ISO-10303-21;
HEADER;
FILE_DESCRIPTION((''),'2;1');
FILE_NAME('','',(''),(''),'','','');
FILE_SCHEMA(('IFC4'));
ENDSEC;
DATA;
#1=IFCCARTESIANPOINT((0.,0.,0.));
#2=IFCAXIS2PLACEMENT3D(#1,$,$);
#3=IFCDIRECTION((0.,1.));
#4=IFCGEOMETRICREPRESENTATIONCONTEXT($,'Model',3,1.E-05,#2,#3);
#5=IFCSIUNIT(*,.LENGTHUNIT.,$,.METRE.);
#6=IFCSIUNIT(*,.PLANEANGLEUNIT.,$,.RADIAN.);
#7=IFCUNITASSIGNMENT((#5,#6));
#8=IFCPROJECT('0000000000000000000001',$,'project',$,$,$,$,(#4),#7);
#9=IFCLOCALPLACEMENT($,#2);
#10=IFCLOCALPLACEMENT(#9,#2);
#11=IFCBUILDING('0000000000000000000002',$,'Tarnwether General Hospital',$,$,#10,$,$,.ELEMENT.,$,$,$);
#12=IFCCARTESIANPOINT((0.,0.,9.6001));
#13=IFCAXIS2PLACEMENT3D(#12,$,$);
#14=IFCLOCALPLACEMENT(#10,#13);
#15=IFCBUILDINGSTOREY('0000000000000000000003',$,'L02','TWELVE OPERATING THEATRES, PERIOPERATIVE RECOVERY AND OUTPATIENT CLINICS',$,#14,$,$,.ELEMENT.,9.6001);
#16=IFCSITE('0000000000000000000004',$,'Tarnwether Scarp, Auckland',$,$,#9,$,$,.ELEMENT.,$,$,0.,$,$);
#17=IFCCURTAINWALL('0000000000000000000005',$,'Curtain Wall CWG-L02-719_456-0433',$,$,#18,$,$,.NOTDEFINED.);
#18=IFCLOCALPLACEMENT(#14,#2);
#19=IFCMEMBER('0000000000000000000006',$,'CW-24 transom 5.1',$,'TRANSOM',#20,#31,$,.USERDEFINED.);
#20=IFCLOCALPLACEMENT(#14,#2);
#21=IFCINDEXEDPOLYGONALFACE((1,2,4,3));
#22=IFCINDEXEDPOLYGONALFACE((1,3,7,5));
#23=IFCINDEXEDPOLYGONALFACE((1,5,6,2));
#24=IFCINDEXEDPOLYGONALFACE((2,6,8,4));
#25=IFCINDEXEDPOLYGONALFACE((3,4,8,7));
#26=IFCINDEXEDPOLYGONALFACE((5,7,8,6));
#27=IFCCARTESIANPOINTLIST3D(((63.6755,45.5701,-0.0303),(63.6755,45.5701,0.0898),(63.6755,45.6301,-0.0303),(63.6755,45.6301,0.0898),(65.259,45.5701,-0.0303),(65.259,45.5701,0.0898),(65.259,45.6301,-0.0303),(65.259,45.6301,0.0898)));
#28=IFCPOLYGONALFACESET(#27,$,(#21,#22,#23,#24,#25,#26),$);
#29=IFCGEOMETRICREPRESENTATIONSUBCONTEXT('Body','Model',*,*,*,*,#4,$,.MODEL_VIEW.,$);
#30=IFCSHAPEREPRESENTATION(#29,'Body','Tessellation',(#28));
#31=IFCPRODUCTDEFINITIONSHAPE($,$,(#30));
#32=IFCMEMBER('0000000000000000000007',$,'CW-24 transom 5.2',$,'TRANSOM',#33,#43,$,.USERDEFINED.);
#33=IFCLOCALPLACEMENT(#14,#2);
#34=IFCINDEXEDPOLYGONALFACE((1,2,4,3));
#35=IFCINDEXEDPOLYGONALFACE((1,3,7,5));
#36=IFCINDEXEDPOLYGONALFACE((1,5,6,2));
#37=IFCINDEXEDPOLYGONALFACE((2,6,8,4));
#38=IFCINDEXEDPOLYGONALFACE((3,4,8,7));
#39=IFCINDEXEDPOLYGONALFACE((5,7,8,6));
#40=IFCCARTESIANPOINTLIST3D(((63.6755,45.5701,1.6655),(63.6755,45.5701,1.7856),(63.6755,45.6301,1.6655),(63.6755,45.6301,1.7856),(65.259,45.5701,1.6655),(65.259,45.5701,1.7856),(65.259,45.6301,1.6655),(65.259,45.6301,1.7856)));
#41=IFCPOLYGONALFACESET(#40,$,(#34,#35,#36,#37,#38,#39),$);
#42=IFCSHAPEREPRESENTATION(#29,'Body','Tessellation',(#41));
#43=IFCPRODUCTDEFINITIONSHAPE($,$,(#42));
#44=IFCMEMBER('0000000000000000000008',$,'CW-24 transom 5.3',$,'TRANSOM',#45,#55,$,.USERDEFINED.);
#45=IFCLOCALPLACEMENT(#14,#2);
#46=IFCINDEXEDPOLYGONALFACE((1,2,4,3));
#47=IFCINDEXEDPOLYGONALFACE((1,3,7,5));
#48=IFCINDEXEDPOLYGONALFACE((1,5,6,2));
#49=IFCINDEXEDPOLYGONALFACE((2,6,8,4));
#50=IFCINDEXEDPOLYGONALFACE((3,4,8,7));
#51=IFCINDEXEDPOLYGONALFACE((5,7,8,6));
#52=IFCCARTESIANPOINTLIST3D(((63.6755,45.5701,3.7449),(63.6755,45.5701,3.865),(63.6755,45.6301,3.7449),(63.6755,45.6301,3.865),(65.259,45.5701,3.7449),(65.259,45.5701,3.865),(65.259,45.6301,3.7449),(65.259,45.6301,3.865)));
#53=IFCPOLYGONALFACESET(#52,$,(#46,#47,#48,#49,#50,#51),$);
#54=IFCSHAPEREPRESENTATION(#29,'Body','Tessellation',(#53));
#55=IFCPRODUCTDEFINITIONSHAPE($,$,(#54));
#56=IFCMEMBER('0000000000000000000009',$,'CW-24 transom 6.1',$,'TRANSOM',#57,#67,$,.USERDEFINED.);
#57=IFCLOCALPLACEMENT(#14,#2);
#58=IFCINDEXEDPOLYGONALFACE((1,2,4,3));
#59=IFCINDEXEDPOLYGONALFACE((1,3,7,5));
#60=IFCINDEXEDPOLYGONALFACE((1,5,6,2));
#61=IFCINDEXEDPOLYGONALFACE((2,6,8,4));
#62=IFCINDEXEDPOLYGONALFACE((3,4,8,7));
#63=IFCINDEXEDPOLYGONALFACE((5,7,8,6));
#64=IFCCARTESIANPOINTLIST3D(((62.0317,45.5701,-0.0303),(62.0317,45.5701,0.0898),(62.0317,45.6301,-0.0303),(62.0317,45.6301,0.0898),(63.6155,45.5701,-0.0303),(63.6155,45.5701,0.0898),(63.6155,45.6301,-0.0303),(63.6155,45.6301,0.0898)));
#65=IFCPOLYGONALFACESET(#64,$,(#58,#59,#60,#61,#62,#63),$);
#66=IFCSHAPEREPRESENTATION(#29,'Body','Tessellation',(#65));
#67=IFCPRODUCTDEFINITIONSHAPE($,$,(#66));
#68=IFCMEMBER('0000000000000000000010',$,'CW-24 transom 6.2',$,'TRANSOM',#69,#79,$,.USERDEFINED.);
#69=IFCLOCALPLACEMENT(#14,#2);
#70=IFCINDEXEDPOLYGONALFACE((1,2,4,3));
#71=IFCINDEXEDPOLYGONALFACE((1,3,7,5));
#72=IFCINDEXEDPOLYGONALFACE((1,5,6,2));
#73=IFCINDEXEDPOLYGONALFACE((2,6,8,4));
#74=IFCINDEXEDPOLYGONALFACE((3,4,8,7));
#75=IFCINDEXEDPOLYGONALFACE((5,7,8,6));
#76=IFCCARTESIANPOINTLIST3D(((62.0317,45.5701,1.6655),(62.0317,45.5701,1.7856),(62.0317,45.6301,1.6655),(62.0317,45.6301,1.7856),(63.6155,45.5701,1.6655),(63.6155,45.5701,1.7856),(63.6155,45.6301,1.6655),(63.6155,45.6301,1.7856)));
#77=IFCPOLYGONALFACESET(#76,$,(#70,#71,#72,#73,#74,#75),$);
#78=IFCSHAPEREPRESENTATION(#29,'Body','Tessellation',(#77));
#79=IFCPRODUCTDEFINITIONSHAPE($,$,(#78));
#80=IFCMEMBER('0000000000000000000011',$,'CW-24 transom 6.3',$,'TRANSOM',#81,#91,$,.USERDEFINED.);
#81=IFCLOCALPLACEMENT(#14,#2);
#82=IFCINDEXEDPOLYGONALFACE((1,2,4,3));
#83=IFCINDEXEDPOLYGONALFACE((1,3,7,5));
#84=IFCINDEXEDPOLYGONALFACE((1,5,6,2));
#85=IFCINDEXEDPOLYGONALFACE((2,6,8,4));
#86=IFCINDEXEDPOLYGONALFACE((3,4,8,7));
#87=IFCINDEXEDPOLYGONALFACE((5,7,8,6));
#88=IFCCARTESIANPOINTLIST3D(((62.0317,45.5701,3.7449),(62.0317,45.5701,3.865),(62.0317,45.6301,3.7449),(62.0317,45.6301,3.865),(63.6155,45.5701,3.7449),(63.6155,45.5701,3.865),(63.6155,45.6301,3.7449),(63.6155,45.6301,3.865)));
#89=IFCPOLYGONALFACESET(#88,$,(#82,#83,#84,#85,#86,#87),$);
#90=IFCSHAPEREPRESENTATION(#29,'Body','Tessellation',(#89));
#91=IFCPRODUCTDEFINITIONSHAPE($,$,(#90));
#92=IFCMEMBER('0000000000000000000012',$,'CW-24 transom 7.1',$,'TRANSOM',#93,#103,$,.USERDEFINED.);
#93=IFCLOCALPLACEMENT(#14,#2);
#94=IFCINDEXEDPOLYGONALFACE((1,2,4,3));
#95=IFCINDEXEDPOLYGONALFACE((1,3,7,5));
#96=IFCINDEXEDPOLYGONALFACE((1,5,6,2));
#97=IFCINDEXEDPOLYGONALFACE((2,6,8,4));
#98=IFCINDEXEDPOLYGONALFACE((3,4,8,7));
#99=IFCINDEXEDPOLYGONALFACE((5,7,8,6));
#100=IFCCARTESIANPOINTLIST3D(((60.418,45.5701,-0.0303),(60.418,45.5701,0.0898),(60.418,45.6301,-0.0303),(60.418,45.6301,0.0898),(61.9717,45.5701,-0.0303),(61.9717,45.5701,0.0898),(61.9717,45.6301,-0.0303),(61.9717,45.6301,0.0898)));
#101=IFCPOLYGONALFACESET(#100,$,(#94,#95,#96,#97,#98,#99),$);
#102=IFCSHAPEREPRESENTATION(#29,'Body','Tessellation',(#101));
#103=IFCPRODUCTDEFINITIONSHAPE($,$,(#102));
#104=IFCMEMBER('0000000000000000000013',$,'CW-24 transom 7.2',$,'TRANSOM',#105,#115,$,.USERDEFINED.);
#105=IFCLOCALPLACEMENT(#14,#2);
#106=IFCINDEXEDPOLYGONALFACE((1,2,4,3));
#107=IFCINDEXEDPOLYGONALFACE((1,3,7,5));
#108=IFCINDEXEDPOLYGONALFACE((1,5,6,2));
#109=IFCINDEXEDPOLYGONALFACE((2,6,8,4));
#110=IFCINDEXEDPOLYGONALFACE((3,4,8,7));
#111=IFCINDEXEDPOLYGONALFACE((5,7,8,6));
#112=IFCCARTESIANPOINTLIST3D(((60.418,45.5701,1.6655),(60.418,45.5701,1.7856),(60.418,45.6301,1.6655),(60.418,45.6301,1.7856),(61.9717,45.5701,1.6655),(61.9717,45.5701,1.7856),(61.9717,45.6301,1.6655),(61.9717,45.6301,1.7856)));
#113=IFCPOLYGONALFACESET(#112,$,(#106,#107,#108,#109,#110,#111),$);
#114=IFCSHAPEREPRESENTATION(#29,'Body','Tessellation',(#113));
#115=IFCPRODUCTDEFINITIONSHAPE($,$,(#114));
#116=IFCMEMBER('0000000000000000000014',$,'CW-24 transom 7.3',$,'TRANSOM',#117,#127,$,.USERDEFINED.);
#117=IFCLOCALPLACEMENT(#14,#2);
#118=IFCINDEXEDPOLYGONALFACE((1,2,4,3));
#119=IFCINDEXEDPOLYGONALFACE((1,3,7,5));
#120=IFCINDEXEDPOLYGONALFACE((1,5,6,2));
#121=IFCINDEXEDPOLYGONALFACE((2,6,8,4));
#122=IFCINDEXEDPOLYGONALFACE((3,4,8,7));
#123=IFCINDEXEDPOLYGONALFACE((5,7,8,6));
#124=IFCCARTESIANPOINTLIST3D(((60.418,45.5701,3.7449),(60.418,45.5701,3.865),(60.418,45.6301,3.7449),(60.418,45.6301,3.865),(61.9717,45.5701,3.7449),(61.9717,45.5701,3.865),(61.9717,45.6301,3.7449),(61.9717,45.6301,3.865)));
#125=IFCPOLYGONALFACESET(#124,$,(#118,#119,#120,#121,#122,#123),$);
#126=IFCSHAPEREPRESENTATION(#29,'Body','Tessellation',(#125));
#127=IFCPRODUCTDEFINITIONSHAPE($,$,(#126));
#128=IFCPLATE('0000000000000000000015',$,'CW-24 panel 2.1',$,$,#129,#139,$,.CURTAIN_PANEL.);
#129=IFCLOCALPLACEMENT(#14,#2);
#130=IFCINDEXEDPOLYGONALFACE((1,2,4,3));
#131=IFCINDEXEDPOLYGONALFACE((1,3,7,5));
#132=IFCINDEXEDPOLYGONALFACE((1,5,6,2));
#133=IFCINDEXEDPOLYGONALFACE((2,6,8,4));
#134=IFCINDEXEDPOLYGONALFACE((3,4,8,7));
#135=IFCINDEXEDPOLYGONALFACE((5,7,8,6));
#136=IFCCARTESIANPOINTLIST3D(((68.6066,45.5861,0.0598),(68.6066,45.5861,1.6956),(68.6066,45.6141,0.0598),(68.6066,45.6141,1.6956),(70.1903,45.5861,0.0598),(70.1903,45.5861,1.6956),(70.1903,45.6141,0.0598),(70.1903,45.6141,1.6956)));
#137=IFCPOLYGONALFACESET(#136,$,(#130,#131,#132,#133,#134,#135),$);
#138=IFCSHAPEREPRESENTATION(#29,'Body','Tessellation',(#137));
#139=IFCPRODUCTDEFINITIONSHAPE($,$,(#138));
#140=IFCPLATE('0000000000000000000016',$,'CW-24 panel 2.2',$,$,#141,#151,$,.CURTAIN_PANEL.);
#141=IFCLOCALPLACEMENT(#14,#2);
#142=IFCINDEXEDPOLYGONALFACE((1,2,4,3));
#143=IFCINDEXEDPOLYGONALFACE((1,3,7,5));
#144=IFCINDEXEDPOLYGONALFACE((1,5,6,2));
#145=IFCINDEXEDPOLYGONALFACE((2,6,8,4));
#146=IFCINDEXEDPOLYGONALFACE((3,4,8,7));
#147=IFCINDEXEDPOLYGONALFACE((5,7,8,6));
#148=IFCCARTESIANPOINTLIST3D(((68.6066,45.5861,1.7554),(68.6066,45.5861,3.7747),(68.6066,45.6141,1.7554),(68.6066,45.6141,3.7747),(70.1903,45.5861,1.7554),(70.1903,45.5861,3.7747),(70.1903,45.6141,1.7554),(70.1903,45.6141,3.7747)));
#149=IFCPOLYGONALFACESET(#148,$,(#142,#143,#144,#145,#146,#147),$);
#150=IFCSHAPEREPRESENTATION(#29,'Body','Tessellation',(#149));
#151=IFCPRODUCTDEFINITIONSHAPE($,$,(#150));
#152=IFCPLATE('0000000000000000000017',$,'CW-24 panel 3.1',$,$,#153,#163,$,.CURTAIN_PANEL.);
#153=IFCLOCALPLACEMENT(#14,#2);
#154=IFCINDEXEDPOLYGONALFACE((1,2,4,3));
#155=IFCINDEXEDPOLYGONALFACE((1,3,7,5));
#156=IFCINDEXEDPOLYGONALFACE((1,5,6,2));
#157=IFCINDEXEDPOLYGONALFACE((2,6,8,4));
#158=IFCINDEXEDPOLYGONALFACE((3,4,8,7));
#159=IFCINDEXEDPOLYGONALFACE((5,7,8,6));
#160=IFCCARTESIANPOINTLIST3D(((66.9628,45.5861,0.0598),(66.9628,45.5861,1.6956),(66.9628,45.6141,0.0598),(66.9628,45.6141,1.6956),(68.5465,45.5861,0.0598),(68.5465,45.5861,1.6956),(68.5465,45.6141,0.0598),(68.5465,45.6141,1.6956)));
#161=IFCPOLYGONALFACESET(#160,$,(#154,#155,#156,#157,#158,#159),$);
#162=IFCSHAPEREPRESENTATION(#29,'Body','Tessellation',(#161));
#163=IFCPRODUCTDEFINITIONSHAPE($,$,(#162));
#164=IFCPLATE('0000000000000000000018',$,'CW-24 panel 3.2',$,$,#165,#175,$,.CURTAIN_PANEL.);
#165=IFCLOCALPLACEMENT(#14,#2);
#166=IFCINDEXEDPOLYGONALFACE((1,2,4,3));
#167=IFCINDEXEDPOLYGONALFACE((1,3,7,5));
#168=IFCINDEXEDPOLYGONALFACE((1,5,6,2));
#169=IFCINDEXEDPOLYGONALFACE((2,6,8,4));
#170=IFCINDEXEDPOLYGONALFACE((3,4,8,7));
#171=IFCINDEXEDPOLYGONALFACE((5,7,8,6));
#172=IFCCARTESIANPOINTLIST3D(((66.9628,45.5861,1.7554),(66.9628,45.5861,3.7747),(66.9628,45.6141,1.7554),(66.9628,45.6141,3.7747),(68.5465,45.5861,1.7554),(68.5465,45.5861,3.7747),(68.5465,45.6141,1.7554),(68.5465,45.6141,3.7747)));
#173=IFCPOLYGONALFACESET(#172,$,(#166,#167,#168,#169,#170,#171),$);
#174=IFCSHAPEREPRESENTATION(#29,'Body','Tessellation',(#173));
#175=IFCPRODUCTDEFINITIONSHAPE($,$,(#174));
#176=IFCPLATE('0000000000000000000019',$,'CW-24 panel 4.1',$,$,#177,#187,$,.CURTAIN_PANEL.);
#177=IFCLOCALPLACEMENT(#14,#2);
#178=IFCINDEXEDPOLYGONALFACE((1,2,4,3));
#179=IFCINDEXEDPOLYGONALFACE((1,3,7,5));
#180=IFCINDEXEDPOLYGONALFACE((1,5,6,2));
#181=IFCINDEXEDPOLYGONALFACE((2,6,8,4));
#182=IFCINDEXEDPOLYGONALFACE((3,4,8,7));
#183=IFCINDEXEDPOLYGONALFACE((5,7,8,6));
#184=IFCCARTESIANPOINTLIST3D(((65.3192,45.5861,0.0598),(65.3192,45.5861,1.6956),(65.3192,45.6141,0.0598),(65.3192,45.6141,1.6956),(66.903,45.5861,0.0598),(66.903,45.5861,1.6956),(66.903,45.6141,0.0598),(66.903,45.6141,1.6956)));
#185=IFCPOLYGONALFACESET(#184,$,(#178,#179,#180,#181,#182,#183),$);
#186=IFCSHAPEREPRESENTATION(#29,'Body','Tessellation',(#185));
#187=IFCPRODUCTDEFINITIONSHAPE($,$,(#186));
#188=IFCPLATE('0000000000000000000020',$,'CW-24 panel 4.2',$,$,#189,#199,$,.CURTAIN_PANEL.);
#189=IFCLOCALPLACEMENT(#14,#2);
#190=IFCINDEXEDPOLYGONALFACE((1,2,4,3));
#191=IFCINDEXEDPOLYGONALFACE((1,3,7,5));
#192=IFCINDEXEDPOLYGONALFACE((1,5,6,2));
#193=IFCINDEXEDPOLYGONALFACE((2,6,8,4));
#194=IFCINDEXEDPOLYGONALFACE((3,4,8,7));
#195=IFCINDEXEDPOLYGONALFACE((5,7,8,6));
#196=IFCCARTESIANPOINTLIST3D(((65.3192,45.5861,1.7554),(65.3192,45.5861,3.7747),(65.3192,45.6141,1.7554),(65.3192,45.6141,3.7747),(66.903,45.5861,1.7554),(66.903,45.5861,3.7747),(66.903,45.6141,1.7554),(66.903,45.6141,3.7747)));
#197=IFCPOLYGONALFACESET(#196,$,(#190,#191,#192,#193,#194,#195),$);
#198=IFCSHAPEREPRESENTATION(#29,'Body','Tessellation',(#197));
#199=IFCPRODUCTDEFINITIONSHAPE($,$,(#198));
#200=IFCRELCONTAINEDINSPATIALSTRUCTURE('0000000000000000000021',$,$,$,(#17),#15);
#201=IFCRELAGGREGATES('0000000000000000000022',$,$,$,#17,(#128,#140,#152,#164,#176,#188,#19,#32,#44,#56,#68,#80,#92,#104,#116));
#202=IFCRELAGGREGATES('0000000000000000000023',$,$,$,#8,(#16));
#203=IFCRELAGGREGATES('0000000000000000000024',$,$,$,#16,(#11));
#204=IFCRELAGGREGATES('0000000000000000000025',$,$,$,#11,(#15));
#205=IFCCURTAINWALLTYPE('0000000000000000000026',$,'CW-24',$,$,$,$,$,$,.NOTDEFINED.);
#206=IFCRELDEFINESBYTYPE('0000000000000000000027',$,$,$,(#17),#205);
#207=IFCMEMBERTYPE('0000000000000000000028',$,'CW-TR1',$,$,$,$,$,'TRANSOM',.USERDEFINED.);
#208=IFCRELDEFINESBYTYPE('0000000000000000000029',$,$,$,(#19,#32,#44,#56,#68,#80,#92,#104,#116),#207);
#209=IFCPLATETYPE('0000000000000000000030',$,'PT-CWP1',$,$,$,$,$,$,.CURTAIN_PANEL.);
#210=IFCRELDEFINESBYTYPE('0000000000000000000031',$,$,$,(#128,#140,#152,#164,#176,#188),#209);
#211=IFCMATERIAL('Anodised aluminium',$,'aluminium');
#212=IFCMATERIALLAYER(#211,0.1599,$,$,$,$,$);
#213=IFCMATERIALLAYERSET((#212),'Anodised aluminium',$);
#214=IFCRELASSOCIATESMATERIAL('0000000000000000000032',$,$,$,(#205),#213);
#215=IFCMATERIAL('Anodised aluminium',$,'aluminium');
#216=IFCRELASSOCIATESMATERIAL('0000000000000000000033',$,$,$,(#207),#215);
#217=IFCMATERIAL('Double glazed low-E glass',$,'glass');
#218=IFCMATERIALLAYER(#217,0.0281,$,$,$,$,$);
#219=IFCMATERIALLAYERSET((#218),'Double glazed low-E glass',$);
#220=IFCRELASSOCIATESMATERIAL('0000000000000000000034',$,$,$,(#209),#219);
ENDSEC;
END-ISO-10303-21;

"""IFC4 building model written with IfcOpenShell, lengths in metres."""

from ifc_helpers import new_model, si_unit, direction, frame, origin, origin_2d, place, context, subcontext, project, spatial, rectangle, extrude, material, layer, layer_set, material_profile, profile_set, type_object, element, aggregate, save


model = new_model("IFC4")

# Units and contexts
model_context = context("Model", 3, precision=1e-05, world=origin(), true_north=direction((0.0, 1.0)))
body_context = subcontext(model_context, "Body", "Model", "MODEL_VIEW")
ifc_project = project(units=[si_unit("LENGTHUNIT", "METRE"), si_unit("PLANEANGLEUNIT", "RADIAN")], contexts=[model_context])

# Site, building, storey
site_placement = place(None, origin())
site = spatial("IfcSite", under=ifc_project, at=site_placement, Name="Tarnwether Scarp, Auckland", CompositionType="ELEMENT", RefElevation=0.0)
building_placement = place(site_placement, origin())
building = spatial("IfcBuilding", under=site, at=building_placement, Name="Tarnwether General Hospital", CompositionType="ELEMENT")
storey_placement = place(building_placement, frame((0.0, 0.0, 9.6001)))
storey = spatial("IfcBuildingStorey", under=building, at=storey_placement, Name="L02", Description="TWELVE OPERATING THEATRES, PERIOPERATIVE RECOVERY AND OUTPATIENT CLINICS", CompositionType="ELEMENT", Elevation=9.6001)

# Curtain wall, members, plates
ifc_material_1 = material(Name="Anodised aluminium", Category="aluminium")
ifc_layer_1 = layer(ifc_material_1, 0.1599)
ifc_layer_set_1 = layer_set([ifc_layer_1], Name="Anodised aluminium")
curtain_wall_type = type_object("IfcCurtainWallType", Name="CW-24", PredefinedType="NOTDEFINED", material=ifc_layer_set_1)
curtain_wall_placement = place(storey_placement, origin())
curtain_wall = element("IfcCurtainWall", 1, at=curtain_wall_placement, inside=storey, type_object=curtain_wall_type, Name="Curtain Wall CWG-L02-719_456-0433", PredefinedType="NOTDEFINED")
ifc_material_2 = material(Name="Anodised aluminium", Category="aluminium")
ifc_material_profile_1 = material_profile(ifc_material_2, rectangle(XDim=0.0601, YDim=0.1201, at=origin_2d()), Name="ALU-TRN-60x120")
ifc_profile_set_1 = profile_set([ifc_material_profile_1], Name="Anodised aluminium")
member_type_1 = type_object("IfcMemberType", Name="CW-TR1", ElementType="TRANSOM", PredefinedType="USERDEFINED", material=ifc_profile_set_1)
member_1_placement = place(storey_placement, frame((65.259, 45.6001, 0.0298), z_axis=(-1.0, 0.0, 0.0), x_axis=(0.0, -1.0, 0.0)))
member_1 = element("IfcMember", 2, at=member_1_placement, type_object=member_type_1, Name="CW-24 transom 5.1", ObjectType="TRANSOM", PredefinedType="USERDEFINED", context=body_context, shape_type="SweptSolid", body=[
    extrude(rectangle(XDim=0.0601, YDim=0.1201, at=origin_2d()), origin(), (0.0, 0.0, 1.0), 1.5835),
])
member_2_placement = place(storey_placement, frame((65.259, 45.6001, 1.7256), z_axis=(-1.0, 0.0, 0.0), x_axis=(0.0, -1.0, 0.0)))
member_2 = element("IfcMember", 3, at=member_2_placement, type_object=member_type_1, Name="CW-24 transom 5.2", ObjectType="TRANSOM", PredefinedType="USERDEFINED", context=body_context, shape_type="SweptSolid", body=[
    extrude(rectangle(XDim=0.0601, YDim=0.1201, at=origin_2d()), origin(), (0.0, 0.0, 1.0), 1.5835),
])
member_3_placement = place(storey_placement, frame((65.259, 45.6001, 3.8049), z_axis=(-1.0, 0.0, 0.0), x_axis=(0.0, -1.0, 0.0)))
member_3 = element("IfcMember", 4, at=member_3_placement, type_object=member_type_1, Name="CW-24 transom 5.3", ObjectType="TRANSOM", PredefinedType="USERDEFINED", context=body_context, shape_type="SweptSolid", body=[
    extrude(rectangle(XDim=0.0601, YDim=0.1201, at=origin_2d()), origin(), (0.0, 0.0, 1.0), 1.5835),
])
member_4_placement = place(storey_placement, frame((63.6155, 45.6001, 0.0298), z_axis=(-1.0, 0.0, 0.0), x_axis=(0.0, -1.0, 0.0)))
member_4 = element("IfcMember", 5, at=member_4_placement, type_object=member_type_1, Name="CW-24 transom 6.1", ObjectType="TRANSOM", PredefinedType="USERDEFINED", context=body_context, shape_type="SweptSolid", body=[
    extrude(rectangle(XDim=0.0601, YDim=0.1201, at=origin_2d()), origin(), (0.0, 0.0, 1.0), 1.5837),
])
member_5_placement = place(storey_placement, frame((63.6155, 45.6001, 1.7256), z_axis=(-1.0, 0.0, 0.0), x_axis=(0.0, -1.0, 0.0)))
member_5 = element("IfcMember", 6, at=member_5_placement, type_object=member_type_1, Name="CW-24 transom 6.2", ObjectType="TRANSOM", PredefinedType="USERDEFINED", context=body_context, shape_type="SweptSolid", body=[
    extrude(rectangle(XDim=0.0601, YDim=0.1201, at=origin_2d()), origin(), (0.0, 0.0, 1.0), 1.5837),
])
member_6_placement = place(storey_placement, frame((63.6155, 45.6001, 3.8049), z_axis=(-1.0, 0.0, 0.0), x_axis=(0.0, -1.0, 0.0)))
member_6 = element("IfcMember", 7, at=member_6_placement, type_object=member_type_1, Name="CW-24 transom 6.3", ObjectType="TRANSOM", PredefinedType="USERDEFINED", context=body_context, shape_type="SweptSolid", body=[
    extrude(rectangle(XDim=0.0601, YDim=0.1201, at=origin_2d()), origin(), (0.0, 0.0, 1.0), 1.5837),
])
member_7_placement = place(storey_placement, frame((61.9717, 45.6001, 0.0298), z_axis=(-1.0, 0.0, 0.0), x_axis=(0.0, -1.0, 0.0)))
member_7 = element("IfcMember", 8, at=member_7_placement, type_object=member_type_1, Name="CW-24 transom 7.1", ObjectType="TRANSOM", PredefinedType="USERDEFINED", context=body_context, shape_type="SweptSolid", body=[
    extrude(rectangle(XDim=0.0601, YDim=0.1201, at=origin_2d()), origin(), (0.0, 0.0, 1.0), 1.5537),
])
member_8_placement = place(storey_placement, frame((61.9717, 45.6001, 1.7256), z_axis=(-1.0, 0.0, 0.0), x_axis=(0.0, -1.0, 0.0)))
member_8 = element("IfcMember", 9, at=member_8_placement, type_object=member_type_1, Name="CW-24 transom 7.2", ObjectType="TRANSOM", PredefinedType="USERDEFINED", context=body_context, shape_type="SweptSolid", body=[
    extrude(rectangle(XDim=0.0601, YDim=0.1201, at=origin_2d()), origin(), (0.0, 0.0, 1.0), 1.5537),
])
member_9_placement = place(storey_placement, frame((61.9717, 45.6001, 3.8049), z_axis=(-1.0, 0.0, 0.0), x_axis=(0.0, -1.0, 0.0)))
member_9 = element("IfcMember", 10, at=member_9_placement, type_object=member_type_1, Name="CW-24 transom 7.3", ObjectType="TRANSOM", PredefinedType="USERDEFINED", context=body_context, shape_type="SweptSolid", body=[
    extrude(rectangle(XDim=0.0601, YDim=0.1201, at=origin_2d()), origin(), (0.0, 0.0, 1.0), 1.5537),
])
ifc_material_3 = material(Name="Double glazed low-E glass", Category="glass")
ifc_layer_2 = layer(ifc_material_3, 0.0281)
ifc_layer_set_2 = layer_set([ifc_layer_2], Name="Double glazed low-E glass")
plate_type = type_object("IfcPlateType", Name="PT-CWP1", PredefinedType="CURTAIN_PANEL", material=ifc_layer_set_2)
plate_1_placement = place(storey_placement, frame((69.3984, 45.6001, 0.0598), z_axis=(0.0, 0.0, 1.0), x_axis=(-1.0, 0.0, 0.0)))
plate_1 = element("IfcPlate", 11, at=plate_1_placement, type_object=plate_type, Name="CW-24 panel 2.1", PredefinedType="CURTAIN_PANEL", context=body_context, shape_type="SweptSolid", body=[
    extrude(rectangle(XDim=1.5837, YDim=0.0281, at=origin_2d()), origin(), (0.0, 0.0, 1.0), 1.6357),
])
plate_2_placement = place(storey_placement, frame((69.3984, 45.6001, 1.7554), z_axis=(0.0, 0.0, 1.0), x_axis=(-1.0, 0.0, 0.0)))
plate_2 = element("IfcPlate", 12, at=plate_2_placement, type_object=plate_type, Name="CW-24 panel 2.2", PredefinedType="CURTAIN_PANEL", context=body_context, shape_type="SweptSolid", body=[
    extrude(rectangle(XDim=1.5837, YDim=0.0281, at=origin_2d()), origin(), (0.0, 0.0, 1.0), 2.0193),
])
plate_3_placement = place(storey_placement, frame((67.7546, 45.6001, 0.0598), z_axis=(0.0, 0.0, 1.0), x_axis=(-1.0, 0.0, 0.0)))
plate_3 = element("IfcPlate", 13, at=plate_3_placement, type_object=plate_type, Name="CW-24 panel 3.1", PredefinedType="CURTAIN_PANEL", context=body_context, shape_type="SweptSolid", body=[
    extrude(rectangle(XDim=1.5837, YDim=0.0281, at=origin_2d()), origin(), (0.0, 0.0, 1.0), 1.6357),
])
plate_4_placement = place(storey_placement, frame((67.7546, 45.6001, 1.7554), z_axis=(0.0, 0.0, 1.0), x_axis=(-1.0, 0.0, 0.0)))
plate_4 = element("IfcPlate", 14, at=plate_4_placement, type_object=plate_type, Name="CW-24 panel 3.2", PredefinedType="CURTAIN_PANEL", context=body_context, shape_type="SweptSolid", body=[
    extrude(rectangle(XDim=1.5837, YDim=0.0281, at=origin_2d()), origin(), (0.0, 0.0, 1.0), 2.0193),
])
plate_5_placement = place(storey_placement, frame((66.1111, 45.6001, 0.0598), z_axis=(0.0, 0.0, 1.0), x_axis=(-1.0, 0.0, 0.0)))
plate_5 = element("IfcPlate", 15, at=plate_5_placement, type_object=plate_type, Name="CW-24 panel 4.1", PredefinedType="CURTAIN_PANEL", context=body_context, shape_type="SweptSolid", body=[
    extrude(rectangle(XDim=1.5837, YDim=0.0281, at=origin_2d()), origin(), (0.0, 0.0, 1.0), 1.6357),
])
plate_6_placement = place(storey_placement, frame((66.1111, 45.6001, 1.7554), z_axis=(0.0, 0.0, 1.0), x_axis=(-1.0, 0.0, 0.0)))
plate_6 = element("IfcPlate", 16, at=plate_6_placement, type_object=plate_type, Name="CW-24 panel 4.2", PredefinedType="CURTAIN_PANEL", context=body_context, shape_type="SweptSolid", body=[
    extrude(rectangle(XDim=1.5837, YDim=0.0281, at=origin_2d()), origin(), (0.0, 0.0, 1.0), 2.0193),
])
aggregate(curtain_wall, [plate_1, plate_2, plate_3, plate_4, plate_5, plate_6, member_1, member_2, member_3, member_4, member_5, member_6, member_7, member_8, member_9])

save(model, "model.ifc")
